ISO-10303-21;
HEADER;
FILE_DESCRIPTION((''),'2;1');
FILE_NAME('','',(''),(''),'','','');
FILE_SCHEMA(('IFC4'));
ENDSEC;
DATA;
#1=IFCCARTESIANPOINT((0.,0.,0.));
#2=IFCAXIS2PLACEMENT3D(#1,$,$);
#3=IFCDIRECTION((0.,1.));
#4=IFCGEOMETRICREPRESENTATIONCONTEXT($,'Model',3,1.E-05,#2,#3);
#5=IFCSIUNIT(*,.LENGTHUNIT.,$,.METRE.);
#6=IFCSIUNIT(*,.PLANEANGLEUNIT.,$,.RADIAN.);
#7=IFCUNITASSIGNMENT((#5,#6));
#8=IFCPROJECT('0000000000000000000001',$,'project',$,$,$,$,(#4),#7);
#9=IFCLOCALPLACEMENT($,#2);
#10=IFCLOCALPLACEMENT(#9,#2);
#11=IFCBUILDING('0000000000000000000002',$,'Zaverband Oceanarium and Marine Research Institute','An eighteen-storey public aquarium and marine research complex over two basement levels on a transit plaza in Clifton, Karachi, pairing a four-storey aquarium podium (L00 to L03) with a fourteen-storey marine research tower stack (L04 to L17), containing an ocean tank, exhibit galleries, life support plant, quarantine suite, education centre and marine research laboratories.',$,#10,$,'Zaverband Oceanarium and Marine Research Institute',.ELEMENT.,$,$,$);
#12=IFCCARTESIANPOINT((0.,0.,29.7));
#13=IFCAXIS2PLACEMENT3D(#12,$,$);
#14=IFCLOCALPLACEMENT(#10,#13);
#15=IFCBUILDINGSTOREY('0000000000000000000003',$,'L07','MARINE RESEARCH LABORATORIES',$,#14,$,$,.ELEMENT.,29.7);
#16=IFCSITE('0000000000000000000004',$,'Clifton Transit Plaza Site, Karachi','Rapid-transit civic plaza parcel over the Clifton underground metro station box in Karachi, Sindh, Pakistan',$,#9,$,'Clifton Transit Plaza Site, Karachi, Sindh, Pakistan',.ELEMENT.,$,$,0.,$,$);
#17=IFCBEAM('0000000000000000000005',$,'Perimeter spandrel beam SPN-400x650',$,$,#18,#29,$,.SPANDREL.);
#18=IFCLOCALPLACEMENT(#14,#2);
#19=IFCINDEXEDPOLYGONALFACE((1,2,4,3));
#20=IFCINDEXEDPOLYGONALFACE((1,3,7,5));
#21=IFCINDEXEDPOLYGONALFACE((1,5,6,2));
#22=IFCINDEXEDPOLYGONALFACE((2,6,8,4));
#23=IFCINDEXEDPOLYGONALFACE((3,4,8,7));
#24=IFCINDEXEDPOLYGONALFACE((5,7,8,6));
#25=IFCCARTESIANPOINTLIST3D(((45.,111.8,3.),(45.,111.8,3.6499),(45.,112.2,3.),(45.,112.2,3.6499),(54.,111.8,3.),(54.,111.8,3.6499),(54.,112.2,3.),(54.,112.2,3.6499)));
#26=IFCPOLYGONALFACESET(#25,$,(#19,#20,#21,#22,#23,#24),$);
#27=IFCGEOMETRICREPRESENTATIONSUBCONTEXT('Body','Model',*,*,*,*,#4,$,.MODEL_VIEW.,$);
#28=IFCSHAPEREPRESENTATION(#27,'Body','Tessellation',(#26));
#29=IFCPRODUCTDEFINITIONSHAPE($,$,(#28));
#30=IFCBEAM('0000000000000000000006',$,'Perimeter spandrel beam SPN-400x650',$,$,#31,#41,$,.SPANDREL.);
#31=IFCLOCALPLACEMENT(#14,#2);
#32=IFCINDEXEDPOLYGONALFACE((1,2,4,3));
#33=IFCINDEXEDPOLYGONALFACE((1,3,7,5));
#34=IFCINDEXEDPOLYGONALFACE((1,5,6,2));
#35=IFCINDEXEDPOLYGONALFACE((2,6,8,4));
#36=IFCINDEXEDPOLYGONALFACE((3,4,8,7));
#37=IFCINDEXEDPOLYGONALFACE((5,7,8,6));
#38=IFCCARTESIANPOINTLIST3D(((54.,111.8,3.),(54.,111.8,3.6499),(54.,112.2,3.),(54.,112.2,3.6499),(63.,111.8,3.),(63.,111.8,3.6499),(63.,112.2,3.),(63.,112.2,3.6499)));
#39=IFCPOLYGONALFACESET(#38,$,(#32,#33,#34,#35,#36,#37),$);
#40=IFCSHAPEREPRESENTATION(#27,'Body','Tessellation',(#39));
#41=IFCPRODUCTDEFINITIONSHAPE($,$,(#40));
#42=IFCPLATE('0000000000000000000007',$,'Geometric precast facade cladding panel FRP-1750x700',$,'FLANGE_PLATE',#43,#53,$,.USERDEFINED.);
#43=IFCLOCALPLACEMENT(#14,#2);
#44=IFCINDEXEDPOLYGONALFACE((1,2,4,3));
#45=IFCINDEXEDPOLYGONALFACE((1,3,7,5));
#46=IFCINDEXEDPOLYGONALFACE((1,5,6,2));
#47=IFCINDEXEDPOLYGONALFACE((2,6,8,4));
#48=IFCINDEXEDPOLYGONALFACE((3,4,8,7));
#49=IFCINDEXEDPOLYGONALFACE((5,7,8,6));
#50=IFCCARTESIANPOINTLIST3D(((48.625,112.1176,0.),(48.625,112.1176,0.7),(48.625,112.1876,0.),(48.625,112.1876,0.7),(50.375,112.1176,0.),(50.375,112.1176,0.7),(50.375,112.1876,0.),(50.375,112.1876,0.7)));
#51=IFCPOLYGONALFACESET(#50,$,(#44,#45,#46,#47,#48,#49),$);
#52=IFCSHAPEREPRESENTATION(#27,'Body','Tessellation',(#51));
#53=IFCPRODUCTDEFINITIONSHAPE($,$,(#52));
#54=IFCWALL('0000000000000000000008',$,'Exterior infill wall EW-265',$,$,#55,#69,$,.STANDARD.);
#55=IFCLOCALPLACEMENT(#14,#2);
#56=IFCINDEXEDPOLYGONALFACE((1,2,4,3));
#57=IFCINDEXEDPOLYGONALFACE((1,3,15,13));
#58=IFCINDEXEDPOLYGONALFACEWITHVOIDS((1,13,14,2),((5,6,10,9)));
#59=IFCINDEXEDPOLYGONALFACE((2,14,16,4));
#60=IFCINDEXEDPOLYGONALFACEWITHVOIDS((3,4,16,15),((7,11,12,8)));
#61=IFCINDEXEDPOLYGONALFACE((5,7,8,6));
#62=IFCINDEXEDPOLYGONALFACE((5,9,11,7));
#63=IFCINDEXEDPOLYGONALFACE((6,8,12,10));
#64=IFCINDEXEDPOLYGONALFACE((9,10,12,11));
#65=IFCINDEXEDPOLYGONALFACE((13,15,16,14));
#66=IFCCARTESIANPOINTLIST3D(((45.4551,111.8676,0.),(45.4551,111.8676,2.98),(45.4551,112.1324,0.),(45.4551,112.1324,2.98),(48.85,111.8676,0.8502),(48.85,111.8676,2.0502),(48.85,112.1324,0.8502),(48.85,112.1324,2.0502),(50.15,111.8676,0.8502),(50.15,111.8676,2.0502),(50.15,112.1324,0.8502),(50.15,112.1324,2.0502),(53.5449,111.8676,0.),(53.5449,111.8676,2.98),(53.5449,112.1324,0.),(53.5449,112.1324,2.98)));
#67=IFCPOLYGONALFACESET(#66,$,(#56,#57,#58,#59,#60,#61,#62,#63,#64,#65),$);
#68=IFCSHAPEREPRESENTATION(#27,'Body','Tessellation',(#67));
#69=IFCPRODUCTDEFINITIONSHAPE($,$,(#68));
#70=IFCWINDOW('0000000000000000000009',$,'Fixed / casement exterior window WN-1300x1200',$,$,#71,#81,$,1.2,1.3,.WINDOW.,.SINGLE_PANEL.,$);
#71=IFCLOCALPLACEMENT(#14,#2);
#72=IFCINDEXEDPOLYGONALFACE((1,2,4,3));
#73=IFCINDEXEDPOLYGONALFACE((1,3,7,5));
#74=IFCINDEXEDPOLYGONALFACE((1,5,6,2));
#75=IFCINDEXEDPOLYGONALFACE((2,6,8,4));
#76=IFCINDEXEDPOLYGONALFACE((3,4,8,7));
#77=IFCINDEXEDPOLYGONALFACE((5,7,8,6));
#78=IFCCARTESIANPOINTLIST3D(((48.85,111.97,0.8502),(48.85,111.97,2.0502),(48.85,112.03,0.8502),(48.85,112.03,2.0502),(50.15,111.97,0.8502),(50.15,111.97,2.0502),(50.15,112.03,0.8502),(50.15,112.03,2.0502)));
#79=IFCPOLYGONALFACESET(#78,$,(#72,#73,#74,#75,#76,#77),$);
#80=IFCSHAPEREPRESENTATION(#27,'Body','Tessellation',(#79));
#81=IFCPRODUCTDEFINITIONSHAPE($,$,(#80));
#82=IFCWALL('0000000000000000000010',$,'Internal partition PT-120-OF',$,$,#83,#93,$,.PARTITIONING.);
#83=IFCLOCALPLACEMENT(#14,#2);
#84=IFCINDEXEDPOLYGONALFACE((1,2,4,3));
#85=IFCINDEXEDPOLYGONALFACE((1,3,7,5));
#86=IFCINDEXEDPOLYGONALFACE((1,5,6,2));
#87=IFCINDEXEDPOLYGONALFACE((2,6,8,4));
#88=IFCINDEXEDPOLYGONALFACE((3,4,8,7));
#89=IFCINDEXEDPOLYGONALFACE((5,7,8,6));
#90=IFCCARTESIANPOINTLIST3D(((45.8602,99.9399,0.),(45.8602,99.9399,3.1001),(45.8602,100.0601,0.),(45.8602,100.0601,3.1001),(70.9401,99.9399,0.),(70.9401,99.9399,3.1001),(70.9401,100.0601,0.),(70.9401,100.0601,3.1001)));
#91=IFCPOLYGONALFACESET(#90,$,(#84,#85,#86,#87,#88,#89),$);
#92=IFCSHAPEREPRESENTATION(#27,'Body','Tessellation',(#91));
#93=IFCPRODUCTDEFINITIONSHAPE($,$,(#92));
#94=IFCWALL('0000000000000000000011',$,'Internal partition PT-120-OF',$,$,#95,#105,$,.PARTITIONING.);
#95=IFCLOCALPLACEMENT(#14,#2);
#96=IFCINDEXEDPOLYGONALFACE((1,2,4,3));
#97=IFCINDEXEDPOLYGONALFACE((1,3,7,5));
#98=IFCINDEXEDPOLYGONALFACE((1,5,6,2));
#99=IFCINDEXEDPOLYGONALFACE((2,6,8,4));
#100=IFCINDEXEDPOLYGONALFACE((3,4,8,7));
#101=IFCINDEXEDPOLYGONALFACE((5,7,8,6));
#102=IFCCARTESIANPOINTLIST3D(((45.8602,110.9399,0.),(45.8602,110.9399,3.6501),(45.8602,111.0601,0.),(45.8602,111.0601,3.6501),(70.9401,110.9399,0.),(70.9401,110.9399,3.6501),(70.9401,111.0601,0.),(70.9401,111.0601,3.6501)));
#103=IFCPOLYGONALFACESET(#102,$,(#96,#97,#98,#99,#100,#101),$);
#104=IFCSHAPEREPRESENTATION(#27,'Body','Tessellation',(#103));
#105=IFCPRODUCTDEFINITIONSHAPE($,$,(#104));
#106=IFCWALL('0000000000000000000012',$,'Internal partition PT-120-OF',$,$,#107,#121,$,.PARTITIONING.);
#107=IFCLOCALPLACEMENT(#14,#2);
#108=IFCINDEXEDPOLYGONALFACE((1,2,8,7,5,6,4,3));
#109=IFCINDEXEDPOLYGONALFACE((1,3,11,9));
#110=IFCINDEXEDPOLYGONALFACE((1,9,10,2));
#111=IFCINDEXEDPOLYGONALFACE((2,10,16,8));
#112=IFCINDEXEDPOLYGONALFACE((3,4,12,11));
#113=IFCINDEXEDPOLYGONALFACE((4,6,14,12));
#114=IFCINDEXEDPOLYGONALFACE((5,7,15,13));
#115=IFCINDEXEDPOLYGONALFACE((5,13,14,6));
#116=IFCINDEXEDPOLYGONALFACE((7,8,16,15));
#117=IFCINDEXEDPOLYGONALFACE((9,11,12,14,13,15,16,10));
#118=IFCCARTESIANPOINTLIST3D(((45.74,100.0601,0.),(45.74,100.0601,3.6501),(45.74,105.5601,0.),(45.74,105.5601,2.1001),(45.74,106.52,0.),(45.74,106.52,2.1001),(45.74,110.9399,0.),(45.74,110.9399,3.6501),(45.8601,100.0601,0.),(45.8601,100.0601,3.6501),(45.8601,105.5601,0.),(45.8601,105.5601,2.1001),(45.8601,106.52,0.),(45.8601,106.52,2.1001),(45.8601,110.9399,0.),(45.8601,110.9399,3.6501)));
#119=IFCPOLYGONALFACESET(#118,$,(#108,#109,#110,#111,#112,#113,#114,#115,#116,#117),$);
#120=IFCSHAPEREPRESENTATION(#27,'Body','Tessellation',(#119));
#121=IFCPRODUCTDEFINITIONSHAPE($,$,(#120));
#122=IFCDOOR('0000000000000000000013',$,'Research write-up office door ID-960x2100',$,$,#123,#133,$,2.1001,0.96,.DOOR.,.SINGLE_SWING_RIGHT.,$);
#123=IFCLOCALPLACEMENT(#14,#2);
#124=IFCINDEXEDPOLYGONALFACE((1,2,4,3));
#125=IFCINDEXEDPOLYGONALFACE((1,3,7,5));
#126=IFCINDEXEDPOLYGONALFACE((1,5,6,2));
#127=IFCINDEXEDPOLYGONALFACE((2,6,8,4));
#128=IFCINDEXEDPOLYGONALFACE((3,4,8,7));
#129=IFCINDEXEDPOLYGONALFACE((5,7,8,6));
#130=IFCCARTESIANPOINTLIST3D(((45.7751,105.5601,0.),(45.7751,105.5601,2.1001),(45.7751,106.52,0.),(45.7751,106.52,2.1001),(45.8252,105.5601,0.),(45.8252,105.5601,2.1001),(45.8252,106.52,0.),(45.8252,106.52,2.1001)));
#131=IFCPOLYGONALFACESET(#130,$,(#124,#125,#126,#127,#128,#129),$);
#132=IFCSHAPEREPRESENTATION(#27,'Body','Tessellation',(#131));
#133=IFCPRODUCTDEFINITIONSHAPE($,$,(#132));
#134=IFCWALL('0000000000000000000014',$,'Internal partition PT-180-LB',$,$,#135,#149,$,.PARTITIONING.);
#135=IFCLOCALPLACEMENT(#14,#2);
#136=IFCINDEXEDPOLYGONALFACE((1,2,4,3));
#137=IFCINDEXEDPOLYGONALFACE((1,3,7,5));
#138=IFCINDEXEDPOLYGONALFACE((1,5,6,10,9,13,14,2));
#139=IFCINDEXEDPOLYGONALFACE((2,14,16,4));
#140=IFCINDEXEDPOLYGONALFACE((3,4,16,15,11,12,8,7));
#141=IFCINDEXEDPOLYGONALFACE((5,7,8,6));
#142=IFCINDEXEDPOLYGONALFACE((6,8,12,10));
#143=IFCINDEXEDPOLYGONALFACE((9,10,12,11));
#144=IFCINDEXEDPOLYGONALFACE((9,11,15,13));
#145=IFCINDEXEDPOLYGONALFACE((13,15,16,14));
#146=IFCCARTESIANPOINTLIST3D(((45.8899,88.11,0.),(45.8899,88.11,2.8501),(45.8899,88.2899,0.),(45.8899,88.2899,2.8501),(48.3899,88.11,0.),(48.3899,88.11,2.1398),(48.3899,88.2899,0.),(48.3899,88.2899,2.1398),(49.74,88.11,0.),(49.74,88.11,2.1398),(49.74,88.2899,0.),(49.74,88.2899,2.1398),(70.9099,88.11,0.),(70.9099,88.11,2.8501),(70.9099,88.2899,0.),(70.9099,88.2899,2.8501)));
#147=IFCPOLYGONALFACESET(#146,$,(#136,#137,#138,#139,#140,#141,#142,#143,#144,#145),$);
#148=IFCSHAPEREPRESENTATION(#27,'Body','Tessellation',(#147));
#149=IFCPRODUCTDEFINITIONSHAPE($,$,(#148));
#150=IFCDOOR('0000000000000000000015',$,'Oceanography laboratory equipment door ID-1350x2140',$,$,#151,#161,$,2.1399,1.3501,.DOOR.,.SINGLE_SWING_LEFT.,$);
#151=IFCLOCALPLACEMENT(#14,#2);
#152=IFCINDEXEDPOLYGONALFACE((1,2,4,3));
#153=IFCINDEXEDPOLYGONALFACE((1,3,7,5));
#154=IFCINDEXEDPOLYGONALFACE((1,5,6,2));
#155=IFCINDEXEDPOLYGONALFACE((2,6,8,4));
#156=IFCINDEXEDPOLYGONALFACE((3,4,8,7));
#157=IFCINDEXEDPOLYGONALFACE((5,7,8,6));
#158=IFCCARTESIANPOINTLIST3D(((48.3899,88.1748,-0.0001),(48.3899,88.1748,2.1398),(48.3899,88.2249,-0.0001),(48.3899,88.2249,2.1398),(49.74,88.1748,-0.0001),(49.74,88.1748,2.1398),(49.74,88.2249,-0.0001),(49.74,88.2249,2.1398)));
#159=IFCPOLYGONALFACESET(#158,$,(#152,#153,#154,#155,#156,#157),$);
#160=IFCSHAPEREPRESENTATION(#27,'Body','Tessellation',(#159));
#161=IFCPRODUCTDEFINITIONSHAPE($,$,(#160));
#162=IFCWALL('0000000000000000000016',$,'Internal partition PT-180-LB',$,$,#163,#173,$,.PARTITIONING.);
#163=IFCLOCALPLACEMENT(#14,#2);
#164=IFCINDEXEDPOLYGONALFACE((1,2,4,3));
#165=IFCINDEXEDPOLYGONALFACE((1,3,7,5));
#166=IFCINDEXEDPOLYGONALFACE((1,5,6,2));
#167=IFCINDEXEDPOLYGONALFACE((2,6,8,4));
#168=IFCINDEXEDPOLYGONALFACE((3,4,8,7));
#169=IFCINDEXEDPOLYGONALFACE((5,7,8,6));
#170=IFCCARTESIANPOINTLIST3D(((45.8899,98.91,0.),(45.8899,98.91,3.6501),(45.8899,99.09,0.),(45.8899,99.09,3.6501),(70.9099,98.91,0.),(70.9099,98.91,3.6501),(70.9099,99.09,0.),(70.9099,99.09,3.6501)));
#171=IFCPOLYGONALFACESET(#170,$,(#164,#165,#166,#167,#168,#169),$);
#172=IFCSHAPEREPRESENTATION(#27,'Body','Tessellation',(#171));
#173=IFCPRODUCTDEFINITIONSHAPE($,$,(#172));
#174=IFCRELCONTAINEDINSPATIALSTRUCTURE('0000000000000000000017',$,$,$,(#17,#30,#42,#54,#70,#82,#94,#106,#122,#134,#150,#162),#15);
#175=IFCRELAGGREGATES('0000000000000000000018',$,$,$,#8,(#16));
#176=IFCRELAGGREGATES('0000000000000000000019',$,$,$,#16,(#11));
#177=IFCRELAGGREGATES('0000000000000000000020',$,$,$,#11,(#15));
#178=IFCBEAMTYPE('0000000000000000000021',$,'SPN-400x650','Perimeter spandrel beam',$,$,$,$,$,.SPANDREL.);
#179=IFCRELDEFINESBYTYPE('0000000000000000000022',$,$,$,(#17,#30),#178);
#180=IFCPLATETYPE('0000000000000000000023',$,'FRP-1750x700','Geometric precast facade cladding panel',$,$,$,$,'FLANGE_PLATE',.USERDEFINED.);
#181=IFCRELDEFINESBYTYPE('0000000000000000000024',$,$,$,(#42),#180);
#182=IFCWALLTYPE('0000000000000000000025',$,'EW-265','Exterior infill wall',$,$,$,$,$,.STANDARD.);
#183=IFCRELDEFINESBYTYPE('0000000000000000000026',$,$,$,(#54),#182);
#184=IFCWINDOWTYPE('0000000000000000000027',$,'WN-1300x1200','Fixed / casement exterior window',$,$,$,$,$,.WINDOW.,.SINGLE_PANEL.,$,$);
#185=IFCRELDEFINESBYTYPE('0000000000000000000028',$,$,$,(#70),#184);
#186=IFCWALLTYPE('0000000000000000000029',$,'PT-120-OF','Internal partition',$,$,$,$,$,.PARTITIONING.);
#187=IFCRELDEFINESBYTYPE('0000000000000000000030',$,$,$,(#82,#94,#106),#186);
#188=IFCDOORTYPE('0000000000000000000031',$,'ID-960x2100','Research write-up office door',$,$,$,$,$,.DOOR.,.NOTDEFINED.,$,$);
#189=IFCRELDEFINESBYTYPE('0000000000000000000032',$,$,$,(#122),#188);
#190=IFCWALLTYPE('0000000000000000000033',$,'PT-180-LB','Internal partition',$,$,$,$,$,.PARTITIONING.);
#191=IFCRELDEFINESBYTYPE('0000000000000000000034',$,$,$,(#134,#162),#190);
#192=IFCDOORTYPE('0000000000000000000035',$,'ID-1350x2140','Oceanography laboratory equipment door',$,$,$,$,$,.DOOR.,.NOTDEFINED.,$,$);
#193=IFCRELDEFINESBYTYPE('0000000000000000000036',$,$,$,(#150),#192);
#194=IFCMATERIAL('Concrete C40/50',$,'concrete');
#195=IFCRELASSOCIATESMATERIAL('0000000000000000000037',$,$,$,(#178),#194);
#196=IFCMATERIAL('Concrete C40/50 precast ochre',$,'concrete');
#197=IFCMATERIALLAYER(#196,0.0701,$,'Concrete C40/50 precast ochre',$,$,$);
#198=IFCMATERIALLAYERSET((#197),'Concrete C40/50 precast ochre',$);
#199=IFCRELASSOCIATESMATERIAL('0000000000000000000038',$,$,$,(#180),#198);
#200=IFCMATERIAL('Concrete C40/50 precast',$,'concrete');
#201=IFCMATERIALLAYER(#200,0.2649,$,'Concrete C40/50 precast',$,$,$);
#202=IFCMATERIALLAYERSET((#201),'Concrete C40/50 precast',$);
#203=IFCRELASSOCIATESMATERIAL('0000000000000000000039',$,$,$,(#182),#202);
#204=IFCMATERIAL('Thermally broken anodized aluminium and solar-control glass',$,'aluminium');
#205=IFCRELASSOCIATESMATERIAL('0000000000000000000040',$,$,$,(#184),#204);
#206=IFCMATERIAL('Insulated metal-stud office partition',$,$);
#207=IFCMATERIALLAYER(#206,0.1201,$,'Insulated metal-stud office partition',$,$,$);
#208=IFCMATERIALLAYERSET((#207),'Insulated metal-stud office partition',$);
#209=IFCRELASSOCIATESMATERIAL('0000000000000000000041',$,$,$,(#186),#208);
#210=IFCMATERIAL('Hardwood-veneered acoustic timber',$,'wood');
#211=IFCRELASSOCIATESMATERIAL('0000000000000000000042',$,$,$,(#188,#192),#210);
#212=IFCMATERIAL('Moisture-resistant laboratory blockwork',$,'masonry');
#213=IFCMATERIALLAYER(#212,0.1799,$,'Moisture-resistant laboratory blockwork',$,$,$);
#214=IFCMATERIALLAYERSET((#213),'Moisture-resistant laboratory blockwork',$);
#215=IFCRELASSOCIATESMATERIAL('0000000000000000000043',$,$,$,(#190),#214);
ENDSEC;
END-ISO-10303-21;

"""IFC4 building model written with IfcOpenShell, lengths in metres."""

from ifc_helpers import new_model, si_unit, direction, frame, frame_2d, origin, origin_2d, place, context, subcontext, project, spatial, rectangle, extrude, material, layer, layer_set, material_profile, profile_set, type_object, element, fill, save


model = new_model("IFC4")

# Units and contexts
model_context = context("Model", 3, precision=1e-05, world=origin(), true_north=direction((0.0, 1.0)))
body_context = subcontext(model_context, "Body", "Model", "MODEL_VIEW")
ifc_project = project(units=[si_unit("LENGTHUNIT", "METRE"), si_unit("PLANEANGLEUNIT", "RADIAN")], contexts=[model_context])

# Site, building, storey
site_placement = place(None, origin())
site = spatial("IfcSite", under=ifc_project, at=site_placement, Name="Clifton Transit Plaza Site, Karachi", Description="Rapid-transit civic plaza parcel over the Clifton underground metro station box in Karachi, Sindh, Pakistan", LongName="Clifton Transit Plaza Site, Karachi, Sindh, Pakistan", CompositionType="ELEMENT", RefElevation=0.0)
building_placement = place(site_placement, origin())
building = spatial("IfcBuilding", under=site, at=building_placement, Name="Zaverband Oceanarium and Marine Research Institute", Description="An eighteen-storey public aquarium and marine research complex over two basement levels on a transit plaza in Clifton, Karachi, pairing a four-storey aquarium podium (L00 to L03) with a fourteen-storey marine research tower stack (L04 to L17), containing an ocean tank, exhibit galleries, life support plant, quarantine suite, education centre and marine research laboratories.", LongName="Zaverband Oceanarium and Marine Research Institute", CompositionType="ELEMENT")
storey_placement = place(building_placement, frame((0.0, 0.0, 29.7)))
storey = spatial("IfcBuildingStorey", under=building, at=storey_placement, Name="L07", Description="MARINE RESEARCH LABORATORIES", CompositionType="ELEMENT", Elevation=29.7)

# Shared definitions
ifc_material_1 = material(Name="Concrete C40/50", Category="concrete")

# Beams
ifc_material_profile_1 = material_profile(ifc_material_1, rectangle(XDim=0.3999, YDim=0.6499, at=origin_2d()), Name="RC400x650")
ifc_profile_set_1 = profile_set([ifc_material_profile_1], Name="Concrete C40/50")
beam_type_1 = type_object("IfcBeamType", Name="SPN-400x650", Description="Perimeter spandrel beam", PredefinedType="SPANDREL", material=ifc_profile_set_1)
for number, where, z_axis, x_axis, name in (
    (1, (45.0, 112.0, 3.325), (1.0, 0.0, 0.0), (0.0, 1.0, 0.0), "Perimeter spandrel beam SPN-400x650"),
    (2, (54.0, 112.0, 3.325), (1.0, 0.0, 0.0), (0.0, 1.0, 0.0), "Perimeter spandrel beam SPN-400x650"),
):
    element("IfcBeam", number, at=place(storey_placement, frame(where, z_axis=z_axis, x_axis=x_axis)), inside=storey, type_object=beam_type_1, Name=name, PredefinedType="SPANDREL", context=body_context, shape_type="SweptSolid", body=[
        extrude(rectangle(XDim=0.3999, YDim=0.6499, at=origin_2d()), origin(), (0.0, 0.0, 1.0), 9.0),
    ])

# Plate
ifc_material_2 = material(Name="Concrete C40/50 precast ochre", Category="concrete")
ifc_layer_1 = layer(ifc_material_2, 0.0701, Name="Concrete C40/50 precast ochre")
ifc_layer_set_1 = layer_set([ifc_layer_1], Name="Concrete C40/50 precast ochre")
plate_type = type_object("IfcPlateType", Name="FRP-1750x700", Description="Geometric precast facade cladding panel", ElementType="FLANGE_PLATE", PredefinedType="USERDEFINED", material=ifc_layer_set_1)
plate_placement = place(storey_placement, frame((48.625, 112.1526, 0.0), z_axis=(0.0, 0.0, 1.0), x_axis=(1.0, 0.0, 0.0)))
element("IfcPlate", 3, at=plate_placement, inside=storey, type_object=plate_type, Name="Geometric precast facade cladding panel FRP-1750x700", ObjectType="FLANGE_PLATE", PredefinedType="USERDEFINED", context=body_context, shape_type="SweptSolid", body=[
    extrude(rectangle(XDim=1.75, YDim=0.0701, at=frame_2d((0.875, 0.0))), origin(), (0.0, 0.0, 1.0), 0.7),
])

# Wall, opening, window
ifc_material_3 = material(Name="Concrete C40/50 precast", Category="concrete")
ifc_layer_2 = layer(ifc_material_3, 0.2649, Name="Concrete C40/50 precast")
ifc_layer_set_2 = layer_set([ifc_layer_2], Name="Concrete C40/50 precast")
wall_type_1 = type_object("IfcWallType", Name="EW-265", Description="Exterior infill wall", PredefinedType="STANDARD", material=ifc_layer_set_2)
wall_1_placement = place(storey_placement, frame((45.4551, 112.0, 0.0), z_axis=(0.0, 0.0, 1.0), x_axis=(1.0, 0.0, 0.0)))
wall_1 = element("IfcWall", 4, at=wall_1_placement, inside=storey, type_object=wall_type_1, Name="Exterior infill wall EW-265", PredefinedType="STANDARD", context=body_context, shape_type="SweptSolid", body=[
    extrude(rectangle(XDim=8.0898, YDim=0.2649, at=frame_2d((4.0449, 0.0))), origin(), (0.0, 0.0, 1.0), 2.98),
])
opening_1_placement = place(wall_1_placement, frame((3.395, 0.0, 0.8501)))
opening_1 = element("IfcOpeningElement", 5, at=opening_1_placement, cuts=wall_1, PredefinedType="OPENING", context=body_context, shape_type="SweptSolid", body=[
    extrude(rectangle(XDim=1.3, YDim=1.2, at=frame_2d((0.6499, 0.6001))), frame((0.0, 0.1445, 0.0), z_axis=(0.0, -1.0, 0.0), x_axis=(1.0, 0.0, 0.0)), (0.0, 0.0, 1.0), 0.2888),
])
ifc_material_4 = material(Name="Thermally broken anodized aluminium and solar-control glass", Category="aluminium")
window_type = type_object("IfcWindowType", Name="WN-1300x1200", Description="Fixed / casement exterior window", PartitioningType="SINGLE_PANEL", PredefinedType="WINDOW", material=ifc_material_4)
window_placement = place(opening_1_placement, origin())
window = element("IfcWindow", 6, at=window_placement, inside=storey, type_object=window_type, Name="Fixed / casement exterior window WN-1300x1200", OverallHeight=1.2, OverallWidth=1.3, PartitioningType="SINGLE_PANEL", PredefinedType="WINDOW", context=body_context, shape_type="SweptSolid", body=[
    extrude(rectangle(XDim=1.3, YDim=1.2, at=frame_2d((0.6499, 0.6001))), frame((0.0, 0.03, 0.0), z_axis=(0.0, -1.0, 0.0), x_axis=(1.0, 0.0, 0.0)), (0.0, 0.0, 1.0), 0.0601),
])
fill(opening_1, window)

# Walls
ifc_material_5 = material(Name="Insulated metal-stud office partition")
ifc_layer_3 = layer(ifc_material_5, 0.1201, Name="Insulated metal-stud office partition")
ifc_layer_set_3 = layer_set([ifc_layer_3], Name="Insulated metal-stud office partition")
wall_type_2 = type_object("IfcWallType", Name="PT-120-OF", Description="Internal partition", PredefinedType="PARTITIONING", material=ifc_layer_set_3)
wall_2_placement = place(storey_placement, frame((45.8601, 100.0, 0.0), z_axis=(0.0, 0.0, 1.0), x_axis=(1.0, 0.0, 0.0)))
element("IfcWall", 7, at=wall_2_placement, inside=storey, type_object=wall_type_2, Name="Internal partition PT-120-OF", PredefinedType="PARTITIONING", context=body_context, shape_type="SweptSolid", body=[
    extrude(rectangle(XDim=25.0798, YDim=0.1201, at=frame_2d((12.54, 0.0))), origin(), (0.0, 0.0, 1.0), 3.1001),
])
wall_3_placement = place(storey_placement, frame((45.8601, 111.0, 0.0), z_axis=(0.0, 0.0, 1.0), x_axis=(1.0, 0.0, 0.0)))
element("IfcWall", 8, at=wall_3_placement, inside=storey, type_object=wall_type_2, Name="Internal partition PT-120-OF", PredefinedType="PARTITIONING", context=body_context, shape_type="SweptSolid", body=[
    extrude(rectangle(XDim=25.0798, YDim=0.1201, at=frame_2d((12.54, 0.0))), origin(), (0.0, 0.0, 1.0), 3.6501),
])

# Walls, openings, doors
wall_4_placement = place(storey_placement, frame((45.8, 100.0601, 0.0), z_axis=(0.0, 0.0, 1.0), x_axis=(0.0, 1.0, 0.0)))
wall_4 = element("IfcWall", 9, at=wall_4_placement, inside=storey, type_object=wall_type_2, Name="Internal partition PT-120-OF", PredefinedType="PARTITIONING", context=body_context, shape_type="SweptSolid", body=[
    extrude(rectangle(XDim=10.8799, YDim=0.1201, at=frame_2d((5.4399, 0.0))), origin(), (0.0, 0.0, 1.0), 3.6501),
])
opening_2_placement = place(wall_4_placement, frame((5.5, 0.0, 0.0)))
opening_2 = element("IfcOpeningElement", 10, at=opening_2_placement, cuts=wall_4, PredefinedType="OPENING", context=body_context, shape_type="SweptSolid", body=[
    extrude(rectangle(XDim=0.96, YDim=2.1001, at=frame_2d((0.48, 1.05))), frame((0.0, 0.072, 0.0), z_axis=(0.0, -1.0, 0.0), x_axis=(1.0, 0.0, 0.0)), (0.0, 0.0, 1.0), 0.144),
])
ifc_material_6 = material(Name="Hardwood-veneered acoustic timber", Category="wood")
door_type_1 = type_object("IfcDoorType", Name="ID-960x2100", Description="Research write-up office door", OperationType="NOTDEFINED", PredefinedType="DOOR", material=ifc_material_6)
door_1_placement = place(opening_2_placement, origin())
door_1 = element("IfcDoor", 11, at=door_1_placement, inside=storey, type_object=door_type_1, Name="Research write-up office door ID-960x2100", OperationType="SINGLE_SWING_RIGHT", OverallHeight=2.1001, OverallWidth=0.96, PredefinedType="DOOR", context=body_context, shape_type="SweptSolid", body=[
    extrude(rectangle(XDim=0.96, YDim=2.1001, at=frame_2d((0.48, 1.05))), frame((0.0, 0.0249, 0.0), z_axis=(0.0, -1.0, 0.0), x_axis=(1.0, 0.0, 0.0)), (0.0, 0.0, 1.0), 0.05),
])
fill(opening_2, door_1)
ifc_material_7 = material(Name="Moisture-resistant laboratory blockwork", Category="masonry")
ifc_layer_4 = layer(ifc_material_7, 0.1799, Name="Moisture-resistant laboratory blockwork")
ifc_layer_set_4 = layer_set([ifc_layer_4], Name="Moisture-resistant laboratory blockwork")
wall_type_3 = type_object("IfcWallType", Name="PT-180-LB", Description="Internal partition", PredefinedType="PARTITIONING", material=ifc_layer_set_4)
wall_5_placement = place(storey_placement, frame((45.8899, 88.2, 0.0), z_axis=(0.0, 0.0, 1.0), x_axis=(1.0, 0.0, 0.0)))
wall_5 = element("IfcWall", 12, at=wall_5_placement, inside=storey, type_object=wall_type_3, Name="Internal partition PT-180-LB", PredefinedType="PARTITIONING", context=body_context, shape_type="SweptSolid", body=[
    extrude(rectangle(XDim=25.02, YDim=0.1799, at=frame_2d((12.51, 0.0))), origin(), (0.0, 0.0, 1.0), 2.8501),
])
opening_3_placement = place(wall_5_placement, frame((2.5, 0.0, 0.0)))
opening_3 = element("IfcOpeningElement", 13, at=opening_3_placement, cuts=wall_5, PredefinedType="OPENING", context=body_context, shape_type="SweptSolid", body=[
    extrude(rectangle(XDim=1.3501, YDim=2.1399, at=frame_2d((0.675, 1.0698))), frame((0.0, 0.1021, 0.0), z_axis=(0.0, -1.0, 0.0), x_axis=(1.0, 0.0, 0.0)), (0.0, 0.0, 1.0), 0.2039),
])
door_type_2 = type_object("IfcDoorType", Name="ID-1350x2140", Description="Oceanography laboratory equipment door", OperationType="NOTDEFINED", PredefinedType="DOOR", material=ifc_material_6)
door_2_placement = place(opening_3_placement, origin())
door_2 = element("IfcDoor", 14, at=door_2_placement, inside=storey, type_object=door_type_2, Name="Oceanography laboratory equipment door ID-1350x2140", OperationType="SINGLE_SWING_LEFT", OverallHeight=2.1399, OverallWidth=1.3501, PredefinedType="DOOR", context=body_context, shape_type="SweptSolid", body=[
    extrude(rectangle(XDim=1.3501, YDim=2.1399, at=frame_2d((0.675, 1.0698))), frame((0.0, 0.0249, 0.0), z_axis=(0.0, -1.0, 0.0), x_axis=(1.0, 0.0, 0.0)), (0.0, 0.0, 1.0), 0.05),
])
fill(opening_3, door_2)

# Wall
wall_6_placement = place(storey_placement, frame((45.8899, 99.0, 0.0), z_axis=(0.0, 0.0, 1.0), x_axis=(1.0, 0.0, 0.0)))
element("IfcWall", 15, at=wall_6_placement, inside=storey, type_object=wall_type_3, Name="Internal partition PT-180-LB", PredefinedType="PARTITIONING", context=body_context, shape_type="SweptSolid", body=[
    extrude(rectangle(XDim=25.02, YDim=0.1799, at=frame_2d((12.51, 0.0))), origin(), (0.0, 0.0, 1.0), 3.6501),
])

save(model, "model.ifc")
